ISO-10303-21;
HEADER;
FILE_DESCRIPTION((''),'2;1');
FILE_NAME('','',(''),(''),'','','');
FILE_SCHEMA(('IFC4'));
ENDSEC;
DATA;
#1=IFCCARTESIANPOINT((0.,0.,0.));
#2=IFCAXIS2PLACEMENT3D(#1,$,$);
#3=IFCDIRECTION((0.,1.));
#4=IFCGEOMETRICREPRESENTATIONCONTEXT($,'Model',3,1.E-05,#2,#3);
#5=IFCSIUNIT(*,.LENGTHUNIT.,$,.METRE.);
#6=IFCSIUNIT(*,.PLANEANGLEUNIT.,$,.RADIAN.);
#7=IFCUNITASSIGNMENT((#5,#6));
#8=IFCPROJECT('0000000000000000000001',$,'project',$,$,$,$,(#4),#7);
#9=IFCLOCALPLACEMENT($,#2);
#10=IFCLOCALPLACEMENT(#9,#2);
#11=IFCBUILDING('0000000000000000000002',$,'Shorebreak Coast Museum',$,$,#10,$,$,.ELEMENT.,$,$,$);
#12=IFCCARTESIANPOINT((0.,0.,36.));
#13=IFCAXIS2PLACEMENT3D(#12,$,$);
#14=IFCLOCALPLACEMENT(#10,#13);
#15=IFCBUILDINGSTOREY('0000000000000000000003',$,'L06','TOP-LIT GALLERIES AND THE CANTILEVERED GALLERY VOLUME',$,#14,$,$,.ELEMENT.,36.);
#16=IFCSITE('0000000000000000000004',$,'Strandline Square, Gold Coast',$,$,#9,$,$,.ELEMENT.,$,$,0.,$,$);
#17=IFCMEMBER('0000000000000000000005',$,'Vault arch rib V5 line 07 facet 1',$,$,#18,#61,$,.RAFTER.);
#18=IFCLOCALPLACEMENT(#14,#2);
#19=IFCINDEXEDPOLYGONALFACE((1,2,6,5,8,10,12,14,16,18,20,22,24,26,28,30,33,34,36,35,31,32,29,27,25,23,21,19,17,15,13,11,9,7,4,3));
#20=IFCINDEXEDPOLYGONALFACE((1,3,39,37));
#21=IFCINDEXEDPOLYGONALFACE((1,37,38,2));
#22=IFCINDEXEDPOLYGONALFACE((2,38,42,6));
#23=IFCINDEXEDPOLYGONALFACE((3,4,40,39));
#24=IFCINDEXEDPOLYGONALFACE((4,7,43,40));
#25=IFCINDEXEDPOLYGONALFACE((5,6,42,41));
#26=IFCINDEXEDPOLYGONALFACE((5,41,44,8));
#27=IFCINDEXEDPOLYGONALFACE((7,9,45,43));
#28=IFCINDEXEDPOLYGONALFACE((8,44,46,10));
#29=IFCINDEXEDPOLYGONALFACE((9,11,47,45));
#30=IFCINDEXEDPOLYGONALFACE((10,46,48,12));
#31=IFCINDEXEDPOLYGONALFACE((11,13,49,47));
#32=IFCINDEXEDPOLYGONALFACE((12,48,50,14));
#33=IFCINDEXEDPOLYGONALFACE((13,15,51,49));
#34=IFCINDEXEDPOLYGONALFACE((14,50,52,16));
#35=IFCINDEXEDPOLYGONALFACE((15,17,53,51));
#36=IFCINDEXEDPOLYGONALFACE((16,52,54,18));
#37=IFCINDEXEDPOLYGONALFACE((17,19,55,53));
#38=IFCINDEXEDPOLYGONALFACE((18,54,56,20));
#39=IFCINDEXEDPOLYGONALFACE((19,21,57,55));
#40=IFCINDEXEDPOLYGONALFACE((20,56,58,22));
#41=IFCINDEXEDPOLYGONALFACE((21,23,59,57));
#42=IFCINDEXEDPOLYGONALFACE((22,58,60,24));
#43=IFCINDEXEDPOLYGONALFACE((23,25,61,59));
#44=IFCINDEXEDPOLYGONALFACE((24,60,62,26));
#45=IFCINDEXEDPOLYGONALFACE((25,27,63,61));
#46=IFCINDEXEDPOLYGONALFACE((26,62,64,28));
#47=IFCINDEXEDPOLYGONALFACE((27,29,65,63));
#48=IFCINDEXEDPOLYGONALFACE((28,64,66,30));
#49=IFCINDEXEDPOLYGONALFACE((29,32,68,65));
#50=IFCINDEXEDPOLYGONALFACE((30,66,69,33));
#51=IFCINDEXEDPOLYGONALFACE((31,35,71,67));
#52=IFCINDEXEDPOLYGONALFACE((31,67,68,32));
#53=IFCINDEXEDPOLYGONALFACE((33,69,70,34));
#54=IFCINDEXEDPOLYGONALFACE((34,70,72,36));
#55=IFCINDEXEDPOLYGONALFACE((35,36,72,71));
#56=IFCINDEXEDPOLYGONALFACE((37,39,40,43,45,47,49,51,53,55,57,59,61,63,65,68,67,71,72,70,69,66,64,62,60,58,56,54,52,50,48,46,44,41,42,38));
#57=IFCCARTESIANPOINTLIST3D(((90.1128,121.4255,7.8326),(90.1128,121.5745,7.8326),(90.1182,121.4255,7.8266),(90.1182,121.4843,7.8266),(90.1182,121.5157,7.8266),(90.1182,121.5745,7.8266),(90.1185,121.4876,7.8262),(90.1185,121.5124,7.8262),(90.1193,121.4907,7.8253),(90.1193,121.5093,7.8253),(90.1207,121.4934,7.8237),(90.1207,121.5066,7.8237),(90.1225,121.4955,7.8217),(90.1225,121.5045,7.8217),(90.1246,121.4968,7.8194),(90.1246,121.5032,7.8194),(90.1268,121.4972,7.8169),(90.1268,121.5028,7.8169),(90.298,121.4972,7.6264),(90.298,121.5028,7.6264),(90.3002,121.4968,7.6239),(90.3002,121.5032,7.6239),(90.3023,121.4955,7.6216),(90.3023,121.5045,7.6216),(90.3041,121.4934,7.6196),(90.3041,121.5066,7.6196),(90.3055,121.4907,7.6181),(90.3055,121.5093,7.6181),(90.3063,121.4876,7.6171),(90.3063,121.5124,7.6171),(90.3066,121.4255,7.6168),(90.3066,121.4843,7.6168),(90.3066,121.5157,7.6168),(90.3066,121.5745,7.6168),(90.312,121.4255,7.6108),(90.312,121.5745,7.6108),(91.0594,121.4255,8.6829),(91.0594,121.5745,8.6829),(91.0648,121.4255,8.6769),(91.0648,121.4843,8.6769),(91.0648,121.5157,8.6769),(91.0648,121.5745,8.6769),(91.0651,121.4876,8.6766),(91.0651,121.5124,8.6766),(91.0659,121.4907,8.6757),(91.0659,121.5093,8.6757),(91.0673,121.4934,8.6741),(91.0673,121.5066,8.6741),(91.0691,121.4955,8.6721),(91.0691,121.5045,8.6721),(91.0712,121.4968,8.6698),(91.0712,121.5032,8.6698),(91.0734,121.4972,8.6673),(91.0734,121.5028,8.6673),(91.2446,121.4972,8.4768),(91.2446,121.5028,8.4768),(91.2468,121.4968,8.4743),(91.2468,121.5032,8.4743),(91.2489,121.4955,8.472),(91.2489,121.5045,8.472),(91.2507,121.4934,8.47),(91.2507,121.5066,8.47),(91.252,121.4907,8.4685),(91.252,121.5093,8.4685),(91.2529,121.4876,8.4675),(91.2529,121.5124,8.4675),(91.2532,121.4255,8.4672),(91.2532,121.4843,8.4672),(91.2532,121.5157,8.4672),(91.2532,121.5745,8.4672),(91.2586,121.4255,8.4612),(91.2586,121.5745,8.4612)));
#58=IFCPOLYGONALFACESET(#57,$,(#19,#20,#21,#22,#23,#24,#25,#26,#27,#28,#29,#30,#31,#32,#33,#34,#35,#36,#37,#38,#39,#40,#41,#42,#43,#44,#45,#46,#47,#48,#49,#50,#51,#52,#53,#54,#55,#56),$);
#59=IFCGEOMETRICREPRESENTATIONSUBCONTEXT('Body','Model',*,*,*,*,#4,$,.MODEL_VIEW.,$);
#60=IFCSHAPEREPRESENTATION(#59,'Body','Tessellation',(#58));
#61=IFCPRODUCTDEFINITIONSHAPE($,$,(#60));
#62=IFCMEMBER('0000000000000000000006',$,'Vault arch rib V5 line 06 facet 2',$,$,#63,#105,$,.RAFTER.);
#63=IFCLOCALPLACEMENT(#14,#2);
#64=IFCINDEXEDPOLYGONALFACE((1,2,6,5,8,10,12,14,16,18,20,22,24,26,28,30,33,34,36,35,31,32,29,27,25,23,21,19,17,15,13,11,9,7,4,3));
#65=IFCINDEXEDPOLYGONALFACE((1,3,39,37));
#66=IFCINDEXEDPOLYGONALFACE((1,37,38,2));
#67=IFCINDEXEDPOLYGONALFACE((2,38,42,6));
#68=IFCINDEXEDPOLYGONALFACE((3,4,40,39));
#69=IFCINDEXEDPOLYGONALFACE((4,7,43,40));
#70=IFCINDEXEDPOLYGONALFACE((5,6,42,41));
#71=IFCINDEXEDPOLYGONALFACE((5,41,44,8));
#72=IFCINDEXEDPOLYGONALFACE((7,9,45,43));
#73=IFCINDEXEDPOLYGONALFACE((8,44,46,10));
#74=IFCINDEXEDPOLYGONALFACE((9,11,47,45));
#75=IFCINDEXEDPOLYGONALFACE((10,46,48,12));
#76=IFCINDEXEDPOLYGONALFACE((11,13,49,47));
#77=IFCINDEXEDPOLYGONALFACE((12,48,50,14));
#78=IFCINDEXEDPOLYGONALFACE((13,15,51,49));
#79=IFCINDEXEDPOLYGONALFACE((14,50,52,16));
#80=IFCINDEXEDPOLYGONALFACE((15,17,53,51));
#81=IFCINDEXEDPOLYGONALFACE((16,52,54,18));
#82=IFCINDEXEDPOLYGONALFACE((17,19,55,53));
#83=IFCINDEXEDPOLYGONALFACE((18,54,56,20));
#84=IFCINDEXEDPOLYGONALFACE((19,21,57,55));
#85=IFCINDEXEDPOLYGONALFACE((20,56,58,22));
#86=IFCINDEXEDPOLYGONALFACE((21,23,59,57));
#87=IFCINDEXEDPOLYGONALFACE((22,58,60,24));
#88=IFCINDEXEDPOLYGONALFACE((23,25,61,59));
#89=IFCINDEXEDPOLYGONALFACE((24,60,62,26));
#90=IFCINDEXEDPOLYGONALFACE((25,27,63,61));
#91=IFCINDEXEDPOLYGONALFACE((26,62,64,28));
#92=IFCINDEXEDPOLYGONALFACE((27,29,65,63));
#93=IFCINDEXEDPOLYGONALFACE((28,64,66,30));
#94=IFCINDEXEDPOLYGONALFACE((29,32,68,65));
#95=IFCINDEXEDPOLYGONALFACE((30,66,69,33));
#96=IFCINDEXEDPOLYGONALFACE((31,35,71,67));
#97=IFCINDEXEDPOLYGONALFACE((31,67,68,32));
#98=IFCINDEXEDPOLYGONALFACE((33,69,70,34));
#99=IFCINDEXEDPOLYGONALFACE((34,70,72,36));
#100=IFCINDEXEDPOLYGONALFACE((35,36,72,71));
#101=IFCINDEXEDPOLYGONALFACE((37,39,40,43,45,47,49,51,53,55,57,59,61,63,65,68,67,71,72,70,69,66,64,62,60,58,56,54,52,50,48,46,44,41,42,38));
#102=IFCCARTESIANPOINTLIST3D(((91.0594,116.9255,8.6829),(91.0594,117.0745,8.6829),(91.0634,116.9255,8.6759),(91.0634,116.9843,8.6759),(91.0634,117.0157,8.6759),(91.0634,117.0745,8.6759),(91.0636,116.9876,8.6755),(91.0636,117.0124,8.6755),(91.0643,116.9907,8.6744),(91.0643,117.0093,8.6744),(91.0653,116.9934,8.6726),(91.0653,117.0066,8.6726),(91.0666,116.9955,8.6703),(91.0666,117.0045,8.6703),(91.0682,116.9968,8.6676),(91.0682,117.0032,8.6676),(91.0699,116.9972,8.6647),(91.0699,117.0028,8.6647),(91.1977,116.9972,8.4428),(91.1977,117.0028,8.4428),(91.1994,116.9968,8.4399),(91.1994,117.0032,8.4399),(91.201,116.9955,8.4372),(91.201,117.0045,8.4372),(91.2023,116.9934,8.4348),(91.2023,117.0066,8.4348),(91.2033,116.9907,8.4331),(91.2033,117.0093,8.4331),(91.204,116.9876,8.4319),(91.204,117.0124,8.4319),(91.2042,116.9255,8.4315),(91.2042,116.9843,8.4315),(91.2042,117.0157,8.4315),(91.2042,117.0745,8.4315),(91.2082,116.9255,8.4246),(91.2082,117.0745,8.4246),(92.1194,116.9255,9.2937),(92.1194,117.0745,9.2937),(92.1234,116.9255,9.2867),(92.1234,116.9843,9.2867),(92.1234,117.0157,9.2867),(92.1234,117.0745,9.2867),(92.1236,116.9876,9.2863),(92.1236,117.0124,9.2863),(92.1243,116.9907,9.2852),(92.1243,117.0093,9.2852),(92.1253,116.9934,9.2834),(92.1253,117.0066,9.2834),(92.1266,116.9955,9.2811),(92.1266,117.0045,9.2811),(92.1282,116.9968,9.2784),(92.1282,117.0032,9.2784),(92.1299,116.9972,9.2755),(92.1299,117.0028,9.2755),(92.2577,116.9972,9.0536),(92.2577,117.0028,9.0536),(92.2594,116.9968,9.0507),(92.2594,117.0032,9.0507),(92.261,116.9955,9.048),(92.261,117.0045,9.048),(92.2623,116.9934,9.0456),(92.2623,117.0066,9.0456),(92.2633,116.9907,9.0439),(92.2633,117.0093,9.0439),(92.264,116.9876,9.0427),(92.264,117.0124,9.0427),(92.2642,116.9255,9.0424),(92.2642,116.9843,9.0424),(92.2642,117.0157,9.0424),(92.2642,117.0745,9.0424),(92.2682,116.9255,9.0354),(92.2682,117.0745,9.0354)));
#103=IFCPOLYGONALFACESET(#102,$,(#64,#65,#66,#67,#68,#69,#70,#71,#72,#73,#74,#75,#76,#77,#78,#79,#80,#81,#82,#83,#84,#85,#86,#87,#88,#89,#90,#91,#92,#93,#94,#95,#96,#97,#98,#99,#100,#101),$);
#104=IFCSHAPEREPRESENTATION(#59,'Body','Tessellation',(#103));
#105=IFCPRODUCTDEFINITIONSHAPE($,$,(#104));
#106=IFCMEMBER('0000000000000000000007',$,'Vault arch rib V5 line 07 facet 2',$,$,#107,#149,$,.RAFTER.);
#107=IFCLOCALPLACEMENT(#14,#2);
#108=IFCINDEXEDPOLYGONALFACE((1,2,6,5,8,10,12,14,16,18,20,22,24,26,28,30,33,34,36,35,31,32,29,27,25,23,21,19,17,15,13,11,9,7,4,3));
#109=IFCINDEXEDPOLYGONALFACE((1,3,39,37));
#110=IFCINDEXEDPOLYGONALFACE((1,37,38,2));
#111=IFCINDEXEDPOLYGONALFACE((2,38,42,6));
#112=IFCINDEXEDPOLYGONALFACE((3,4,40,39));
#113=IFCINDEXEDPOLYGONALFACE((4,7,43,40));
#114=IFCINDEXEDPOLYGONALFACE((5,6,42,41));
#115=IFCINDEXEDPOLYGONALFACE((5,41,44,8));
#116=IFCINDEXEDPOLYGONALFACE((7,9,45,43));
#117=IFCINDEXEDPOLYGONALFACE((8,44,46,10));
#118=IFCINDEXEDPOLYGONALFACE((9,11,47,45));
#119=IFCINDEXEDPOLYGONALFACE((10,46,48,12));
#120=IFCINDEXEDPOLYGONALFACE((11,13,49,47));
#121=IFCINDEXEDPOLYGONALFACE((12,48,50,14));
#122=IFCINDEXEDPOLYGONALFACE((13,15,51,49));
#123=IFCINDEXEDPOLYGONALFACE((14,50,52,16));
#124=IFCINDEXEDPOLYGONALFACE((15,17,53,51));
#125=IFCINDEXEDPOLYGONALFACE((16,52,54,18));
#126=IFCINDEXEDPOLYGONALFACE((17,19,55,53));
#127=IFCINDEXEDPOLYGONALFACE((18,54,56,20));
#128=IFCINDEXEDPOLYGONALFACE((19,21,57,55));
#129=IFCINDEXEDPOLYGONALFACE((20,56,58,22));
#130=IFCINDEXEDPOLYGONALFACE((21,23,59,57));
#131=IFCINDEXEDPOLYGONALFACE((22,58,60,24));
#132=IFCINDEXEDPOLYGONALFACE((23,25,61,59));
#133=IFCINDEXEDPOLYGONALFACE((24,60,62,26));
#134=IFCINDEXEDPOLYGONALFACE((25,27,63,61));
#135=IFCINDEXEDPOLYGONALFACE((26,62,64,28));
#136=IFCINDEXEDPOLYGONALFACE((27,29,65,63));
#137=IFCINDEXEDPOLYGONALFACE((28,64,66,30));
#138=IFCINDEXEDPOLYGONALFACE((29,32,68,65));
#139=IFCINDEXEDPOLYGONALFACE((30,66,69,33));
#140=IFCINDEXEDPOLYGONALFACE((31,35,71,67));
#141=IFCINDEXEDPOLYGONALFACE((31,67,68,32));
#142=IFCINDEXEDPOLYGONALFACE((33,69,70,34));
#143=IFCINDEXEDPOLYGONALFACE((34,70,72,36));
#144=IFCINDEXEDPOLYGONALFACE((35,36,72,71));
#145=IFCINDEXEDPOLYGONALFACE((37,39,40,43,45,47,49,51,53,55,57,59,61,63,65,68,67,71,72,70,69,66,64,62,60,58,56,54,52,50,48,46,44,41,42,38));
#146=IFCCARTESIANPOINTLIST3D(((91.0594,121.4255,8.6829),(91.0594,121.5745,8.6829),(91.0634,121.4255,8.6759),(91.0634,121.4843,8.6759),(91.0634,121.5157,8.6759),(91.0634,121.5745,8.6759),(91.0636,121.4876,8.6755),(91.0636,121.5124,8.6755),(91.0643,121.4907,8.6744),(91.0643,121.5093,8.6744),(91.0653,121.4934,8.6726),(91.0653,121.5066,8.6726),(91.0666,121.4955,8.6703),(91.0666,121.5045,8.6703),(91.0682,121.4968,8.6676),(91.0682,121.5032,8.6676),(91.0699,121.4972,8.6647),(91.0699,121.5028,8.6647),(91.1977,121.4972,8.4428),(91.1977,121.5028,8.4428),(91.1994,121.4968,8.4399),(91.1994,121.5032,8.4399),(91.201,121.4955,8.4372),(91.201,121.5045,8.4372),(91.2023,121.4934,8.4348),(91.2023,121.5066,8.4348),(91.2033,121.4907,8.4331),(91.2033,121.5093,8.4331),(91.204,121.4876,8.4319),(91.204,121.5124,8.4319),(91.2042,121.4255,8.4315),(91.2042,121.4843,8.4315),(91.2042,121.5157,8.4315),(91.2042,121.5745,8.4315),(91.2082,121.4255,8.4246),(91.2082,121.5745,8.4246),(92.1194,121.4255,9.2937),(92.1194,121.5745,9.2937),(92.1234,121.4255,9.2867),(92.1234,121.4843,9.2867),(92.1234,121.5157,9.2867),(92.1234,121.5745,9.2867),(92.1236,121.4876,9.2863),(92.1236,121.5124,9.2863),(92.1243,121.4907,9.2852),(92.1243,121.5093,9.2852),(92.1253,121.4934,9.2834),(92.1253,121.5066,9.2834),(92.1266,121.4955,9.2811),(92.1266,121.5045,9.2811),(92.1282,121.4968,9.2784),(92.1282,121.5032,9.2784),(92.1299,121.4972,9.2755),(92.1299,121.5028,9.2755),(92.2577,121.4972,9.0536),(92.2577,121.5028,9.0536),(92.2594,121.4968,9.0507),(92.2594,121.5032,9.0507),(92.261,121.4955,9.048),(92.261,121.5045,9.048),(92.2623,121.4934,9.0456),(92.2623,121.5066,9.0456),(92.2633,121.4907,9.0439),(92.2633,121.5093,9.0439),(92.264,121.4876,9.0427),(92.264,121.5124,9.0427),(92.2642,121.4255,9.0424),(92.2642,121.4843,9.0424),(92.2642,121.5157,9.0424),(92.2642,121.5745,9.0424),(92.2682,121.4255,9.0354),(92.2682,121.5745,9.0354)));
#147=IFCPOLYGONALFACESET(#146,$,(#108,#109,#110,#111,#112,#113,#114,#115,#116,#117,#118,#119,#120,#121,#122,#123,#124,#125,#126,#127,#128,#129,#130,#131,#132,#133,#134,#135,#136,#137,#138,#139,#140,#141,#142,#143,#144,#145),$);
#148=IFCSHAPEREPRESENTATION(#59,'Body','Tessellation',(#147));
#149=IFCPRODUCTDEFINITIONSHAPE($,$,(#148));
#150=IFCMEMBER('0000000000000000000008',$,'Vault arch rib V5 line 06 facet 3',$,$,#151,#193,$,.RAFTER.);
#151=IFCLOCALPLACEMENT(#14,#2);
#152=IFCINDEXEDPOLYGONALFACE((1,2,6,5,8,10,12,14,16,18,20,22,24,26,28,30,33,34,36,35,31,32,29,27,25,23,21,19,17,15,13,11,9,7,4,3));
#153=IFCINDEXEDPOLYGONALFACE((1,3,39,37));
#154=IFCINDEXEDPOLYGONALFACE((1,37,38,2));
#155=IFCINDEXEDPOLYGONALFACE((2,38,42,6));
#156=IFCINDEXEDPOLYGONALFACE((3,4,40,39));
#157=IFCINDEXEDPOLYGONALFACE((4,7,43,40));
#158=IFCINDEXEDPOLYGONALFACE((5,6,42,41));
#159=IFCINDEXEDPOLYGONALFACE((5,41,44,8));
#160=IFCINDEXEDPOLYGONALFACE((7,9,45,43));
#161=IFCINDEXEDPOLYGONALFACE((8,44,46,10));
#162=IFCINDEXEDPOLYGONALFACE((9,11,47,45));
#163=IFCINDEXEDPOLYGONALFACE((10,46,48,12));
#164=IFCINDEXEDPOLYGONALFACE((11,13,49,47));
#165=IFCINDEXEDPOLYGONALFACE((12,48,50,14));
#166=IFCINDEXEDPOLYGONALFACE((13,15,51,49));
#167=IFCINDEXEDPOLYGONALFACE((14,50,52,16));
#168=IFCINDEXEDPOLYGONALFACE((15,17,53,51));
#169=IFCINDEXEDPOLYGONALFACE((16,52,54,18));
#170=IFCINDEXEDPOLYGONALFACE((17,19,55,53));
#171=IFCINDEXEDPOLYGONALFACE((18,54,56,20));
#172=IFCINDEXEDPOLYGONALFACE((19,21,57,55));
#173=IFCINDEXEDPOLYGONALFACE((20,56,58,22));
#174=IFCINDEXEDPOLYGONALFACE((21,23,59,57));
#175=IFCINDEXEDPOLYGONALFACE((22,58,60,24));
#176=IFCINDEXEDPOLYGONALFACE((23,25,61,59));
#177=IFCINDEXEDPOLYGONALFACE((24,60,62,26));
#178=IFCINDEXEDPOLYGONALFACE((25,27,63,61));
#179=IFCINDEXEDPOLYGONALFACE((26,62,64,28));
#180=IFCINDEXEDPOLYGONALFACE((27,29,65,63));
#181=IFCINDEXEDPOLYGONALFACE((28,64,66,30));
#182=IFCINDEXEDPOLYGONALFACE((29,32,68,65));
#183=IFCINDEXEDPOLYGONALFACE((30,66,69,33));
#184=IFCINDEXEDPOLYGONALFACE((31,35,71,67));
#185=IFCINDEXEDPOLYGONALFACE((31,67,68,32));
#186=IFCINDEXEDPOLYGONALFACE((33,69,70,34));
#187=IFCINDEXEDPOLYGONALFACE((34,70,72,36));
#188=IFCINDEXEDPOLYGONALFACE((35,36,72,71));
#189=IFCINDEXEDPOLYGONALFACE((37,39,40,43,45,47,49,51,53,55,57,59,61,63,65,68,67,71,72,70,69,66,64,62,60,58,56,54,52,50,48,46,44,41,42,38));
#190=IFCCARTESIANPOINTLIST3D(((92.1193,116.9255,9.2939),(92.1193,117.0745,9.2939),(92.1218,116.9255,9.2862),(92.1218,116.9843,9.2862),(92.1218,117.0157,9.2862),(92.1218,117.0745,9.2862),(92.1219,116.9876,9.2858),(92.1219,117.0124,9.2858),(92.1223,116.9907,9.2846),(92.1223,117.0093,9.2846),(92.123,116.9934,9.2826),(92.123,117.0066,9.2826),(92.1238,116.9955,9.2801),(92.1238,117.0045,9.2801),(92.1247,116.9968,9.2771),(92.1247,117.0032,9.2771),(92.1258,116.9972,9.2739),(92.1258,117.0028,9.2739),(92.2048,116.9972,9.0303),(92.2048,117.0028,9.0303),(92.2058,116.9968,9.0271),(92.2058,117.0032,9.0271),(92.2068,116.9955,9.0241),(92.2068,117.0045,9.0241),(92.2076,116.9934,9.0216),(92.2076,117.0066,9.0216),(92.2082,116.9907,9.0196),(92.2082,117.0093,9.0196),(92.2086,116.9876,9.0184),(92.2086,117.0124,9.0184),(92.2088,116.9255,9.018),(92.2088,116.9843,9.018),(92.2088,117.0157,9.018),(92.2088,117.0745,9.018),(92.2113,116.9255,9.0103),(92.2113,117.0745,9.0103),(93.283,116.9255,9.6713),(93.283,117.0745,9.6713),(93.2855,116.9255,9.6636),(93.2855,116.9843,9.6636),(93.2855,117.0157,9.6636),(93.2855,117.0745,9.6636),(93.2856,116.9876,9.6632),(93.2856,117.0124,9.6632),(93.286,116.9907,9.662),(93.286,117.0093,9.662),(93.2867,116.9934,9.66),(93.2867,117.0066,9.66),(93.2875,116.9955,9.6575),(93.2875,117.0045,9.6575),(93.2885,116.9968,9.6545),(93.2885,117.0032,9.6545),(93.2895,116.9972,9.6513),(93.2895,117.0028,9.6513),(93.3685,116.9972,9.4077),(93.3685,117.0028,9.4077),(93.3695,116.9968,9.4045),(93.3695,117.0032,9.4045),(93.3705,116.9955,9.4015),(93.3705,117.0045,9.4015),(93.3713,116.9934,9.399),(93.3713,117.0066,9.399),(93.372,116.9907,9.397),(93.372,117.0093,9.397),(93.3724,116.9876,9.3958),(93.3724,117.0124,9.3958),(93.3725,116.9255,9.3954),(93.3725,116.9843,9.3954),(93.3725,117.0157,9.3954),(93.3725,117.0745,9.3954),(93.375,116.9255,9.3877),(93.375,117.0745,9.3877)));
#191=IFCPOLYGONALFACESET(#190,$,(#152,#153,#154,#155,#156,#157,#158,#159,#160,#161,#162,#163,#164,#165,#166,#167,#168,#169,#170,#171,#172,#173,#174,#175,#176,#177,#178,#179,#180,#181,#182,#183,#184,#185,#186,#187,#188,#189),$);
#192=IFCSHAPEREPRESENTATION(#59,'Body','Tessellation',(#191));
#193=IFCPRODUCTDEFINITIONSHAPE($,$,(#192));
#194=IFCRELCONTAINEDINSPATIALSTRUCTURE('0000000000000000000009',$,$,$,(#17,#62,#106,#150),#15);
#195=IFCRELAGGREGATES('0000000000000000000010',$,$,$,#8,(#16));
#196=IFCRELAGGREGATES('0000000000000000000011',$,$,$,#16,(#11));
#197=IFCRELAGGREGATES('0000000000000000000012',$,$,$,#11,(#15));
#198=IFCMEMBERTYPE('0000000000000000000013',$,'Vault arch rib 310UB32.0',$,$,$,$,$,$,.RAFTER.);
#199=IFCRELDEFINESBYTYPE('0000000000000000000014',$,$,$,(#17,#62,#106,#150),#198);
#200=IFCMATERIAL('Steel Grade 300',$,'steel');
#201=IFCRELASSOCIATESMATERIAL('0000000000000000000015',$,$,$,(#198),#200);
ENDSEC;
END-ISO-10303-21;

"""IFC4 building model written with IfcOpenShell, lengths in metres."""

from ifc_helpers import new_model, si_unit, direction, frame, origin, origin_2d, place, context, subcontext, project, spatial, i_section, extrude, material, material_profile, profile_set, type_object, element, save


model = new_model("IFC4")

# Units and contexts
model_context = context("Model", 3, precision=1e-05, world=origin(), true_north=direction((0.0, 1.0)))
body_context = subcontext(model_context, "Body", "Model", "MODEL_VIEW")
ifc_project = project(units=[si_unit("LENGTHUNIT", "METRE"), si_unit("PLANEANGLEUNIT", "RADIAN")], contexts=[model_context])

# Site, building, storey
site_placement = place(None, origin())
site = spatial("IfcSite", under=ifc_project, at=site_placement, Name="Strandline Square, Gold Coast", CompositionType="ELEMENT", RefElevation=0.0)
building_placement = place(site_placement, origin())
building = spatial("IfcBuilding", under=site, at=building_placement, Name="Shorebreak Coast Museum", CompositionType="ELEMENT")
storey_placement = place(building_placement, frame((0.0, 0.0, 36.0)))
storey = spatial("IfcBuildingStorey", under=building, at=storey_placement, Name="L06", Description="TOP-LIT GALLERIES AND THE CANTILEVERED GALLERY VOLUME", CompositionType="ELEMENT", Elevation=36.0)

# Members
ifc_material_1 = material(Name="Steel Grade 300", Category="steel")
ifc_material_profile_1 = material_profile(ifc_material_1, i_section(OverallWidth=0.1489, OverallDepth=0.2981, WebThickness=0.0056, FlangeThickness=0.0081, FilletRadius=0.0129, at=origin_2d()), Name="310UB32.0")
ifc_profile_set_1 = profile_set([ifc_material_profile_1], Name="Steel Grade 300")
member_type_1 = type_object("IfcMemberType", Name="Vault arch rib 310UB32.0", PredefinedType="RAFTER", material=ifc_profile_set_1)
for number, where, z_axis, x_axis, name in (
    (1, (90.2124, 121.5, 7.7217), (0.743895, 0.0, 0.668297), (0.0, 1.0, 0.0), "Vault arch rib V5 line 07 facet 1"),
):
    element("IfcMember", number, at=place(storey_placement, frame(where, z_axis=z_axis, x_axis=x_axis)), inside=storey, type_object=member_type_1, Name=name, PredefinedType="RAFTER", context=body_context, shape_type="SweptSolid", body=[
        extrude(i_section(OverallWidth=0.1489, OverallDepth=0.2981, WebThickness=0.0056, FlangeThickness=0.0081, FilletRadius=0.0129, at=origin_2d()), origin(), (0.0, 0.0, 1.0), 1.2725),
    ])
for number, where, z_axis, x_axis, name in (
    (2, (91.1338, 117.0, 8.5537), (0.866445, 0.0, 0.499273), (0.0, 1.0, 0.0), "Vault arch rib V5 line 06 facet 2"),
    (3, (91.1338, 121.5, 8.5537), (0.866445, 0.0, 0.499273), (0.0, 1.0, 0.0), "Vault arch rib V5 line 07 facet 2"),
    (4, (92.1653, 117.0, 9.1521), (0.951226, 0.0, 0.308495), (0.0, 1.0, 0.0), "Vault arch rib V5 line 06 facet 3"),
):
    element("IfcMember", number, at=place(storey_placement, frame(where, z_axis=z_axis, x_axis=x_axis)), inside=storey, type_object=member_type_1, Name=name, PredefinedType="RAFTER", context=body_context, shape_type="SweptSolid", body=[
        extrude(i_section(OverallWidth=0.1489, OverallDepth=0.2981, WebThickness=0.0056, FlangeThickness=0.0081, FilletRadius=0.0129, at=origin_2d()), origin(), (0.0, 0.0, 1.0), 1.2234),
    ])

save(model, "model.ifc")
